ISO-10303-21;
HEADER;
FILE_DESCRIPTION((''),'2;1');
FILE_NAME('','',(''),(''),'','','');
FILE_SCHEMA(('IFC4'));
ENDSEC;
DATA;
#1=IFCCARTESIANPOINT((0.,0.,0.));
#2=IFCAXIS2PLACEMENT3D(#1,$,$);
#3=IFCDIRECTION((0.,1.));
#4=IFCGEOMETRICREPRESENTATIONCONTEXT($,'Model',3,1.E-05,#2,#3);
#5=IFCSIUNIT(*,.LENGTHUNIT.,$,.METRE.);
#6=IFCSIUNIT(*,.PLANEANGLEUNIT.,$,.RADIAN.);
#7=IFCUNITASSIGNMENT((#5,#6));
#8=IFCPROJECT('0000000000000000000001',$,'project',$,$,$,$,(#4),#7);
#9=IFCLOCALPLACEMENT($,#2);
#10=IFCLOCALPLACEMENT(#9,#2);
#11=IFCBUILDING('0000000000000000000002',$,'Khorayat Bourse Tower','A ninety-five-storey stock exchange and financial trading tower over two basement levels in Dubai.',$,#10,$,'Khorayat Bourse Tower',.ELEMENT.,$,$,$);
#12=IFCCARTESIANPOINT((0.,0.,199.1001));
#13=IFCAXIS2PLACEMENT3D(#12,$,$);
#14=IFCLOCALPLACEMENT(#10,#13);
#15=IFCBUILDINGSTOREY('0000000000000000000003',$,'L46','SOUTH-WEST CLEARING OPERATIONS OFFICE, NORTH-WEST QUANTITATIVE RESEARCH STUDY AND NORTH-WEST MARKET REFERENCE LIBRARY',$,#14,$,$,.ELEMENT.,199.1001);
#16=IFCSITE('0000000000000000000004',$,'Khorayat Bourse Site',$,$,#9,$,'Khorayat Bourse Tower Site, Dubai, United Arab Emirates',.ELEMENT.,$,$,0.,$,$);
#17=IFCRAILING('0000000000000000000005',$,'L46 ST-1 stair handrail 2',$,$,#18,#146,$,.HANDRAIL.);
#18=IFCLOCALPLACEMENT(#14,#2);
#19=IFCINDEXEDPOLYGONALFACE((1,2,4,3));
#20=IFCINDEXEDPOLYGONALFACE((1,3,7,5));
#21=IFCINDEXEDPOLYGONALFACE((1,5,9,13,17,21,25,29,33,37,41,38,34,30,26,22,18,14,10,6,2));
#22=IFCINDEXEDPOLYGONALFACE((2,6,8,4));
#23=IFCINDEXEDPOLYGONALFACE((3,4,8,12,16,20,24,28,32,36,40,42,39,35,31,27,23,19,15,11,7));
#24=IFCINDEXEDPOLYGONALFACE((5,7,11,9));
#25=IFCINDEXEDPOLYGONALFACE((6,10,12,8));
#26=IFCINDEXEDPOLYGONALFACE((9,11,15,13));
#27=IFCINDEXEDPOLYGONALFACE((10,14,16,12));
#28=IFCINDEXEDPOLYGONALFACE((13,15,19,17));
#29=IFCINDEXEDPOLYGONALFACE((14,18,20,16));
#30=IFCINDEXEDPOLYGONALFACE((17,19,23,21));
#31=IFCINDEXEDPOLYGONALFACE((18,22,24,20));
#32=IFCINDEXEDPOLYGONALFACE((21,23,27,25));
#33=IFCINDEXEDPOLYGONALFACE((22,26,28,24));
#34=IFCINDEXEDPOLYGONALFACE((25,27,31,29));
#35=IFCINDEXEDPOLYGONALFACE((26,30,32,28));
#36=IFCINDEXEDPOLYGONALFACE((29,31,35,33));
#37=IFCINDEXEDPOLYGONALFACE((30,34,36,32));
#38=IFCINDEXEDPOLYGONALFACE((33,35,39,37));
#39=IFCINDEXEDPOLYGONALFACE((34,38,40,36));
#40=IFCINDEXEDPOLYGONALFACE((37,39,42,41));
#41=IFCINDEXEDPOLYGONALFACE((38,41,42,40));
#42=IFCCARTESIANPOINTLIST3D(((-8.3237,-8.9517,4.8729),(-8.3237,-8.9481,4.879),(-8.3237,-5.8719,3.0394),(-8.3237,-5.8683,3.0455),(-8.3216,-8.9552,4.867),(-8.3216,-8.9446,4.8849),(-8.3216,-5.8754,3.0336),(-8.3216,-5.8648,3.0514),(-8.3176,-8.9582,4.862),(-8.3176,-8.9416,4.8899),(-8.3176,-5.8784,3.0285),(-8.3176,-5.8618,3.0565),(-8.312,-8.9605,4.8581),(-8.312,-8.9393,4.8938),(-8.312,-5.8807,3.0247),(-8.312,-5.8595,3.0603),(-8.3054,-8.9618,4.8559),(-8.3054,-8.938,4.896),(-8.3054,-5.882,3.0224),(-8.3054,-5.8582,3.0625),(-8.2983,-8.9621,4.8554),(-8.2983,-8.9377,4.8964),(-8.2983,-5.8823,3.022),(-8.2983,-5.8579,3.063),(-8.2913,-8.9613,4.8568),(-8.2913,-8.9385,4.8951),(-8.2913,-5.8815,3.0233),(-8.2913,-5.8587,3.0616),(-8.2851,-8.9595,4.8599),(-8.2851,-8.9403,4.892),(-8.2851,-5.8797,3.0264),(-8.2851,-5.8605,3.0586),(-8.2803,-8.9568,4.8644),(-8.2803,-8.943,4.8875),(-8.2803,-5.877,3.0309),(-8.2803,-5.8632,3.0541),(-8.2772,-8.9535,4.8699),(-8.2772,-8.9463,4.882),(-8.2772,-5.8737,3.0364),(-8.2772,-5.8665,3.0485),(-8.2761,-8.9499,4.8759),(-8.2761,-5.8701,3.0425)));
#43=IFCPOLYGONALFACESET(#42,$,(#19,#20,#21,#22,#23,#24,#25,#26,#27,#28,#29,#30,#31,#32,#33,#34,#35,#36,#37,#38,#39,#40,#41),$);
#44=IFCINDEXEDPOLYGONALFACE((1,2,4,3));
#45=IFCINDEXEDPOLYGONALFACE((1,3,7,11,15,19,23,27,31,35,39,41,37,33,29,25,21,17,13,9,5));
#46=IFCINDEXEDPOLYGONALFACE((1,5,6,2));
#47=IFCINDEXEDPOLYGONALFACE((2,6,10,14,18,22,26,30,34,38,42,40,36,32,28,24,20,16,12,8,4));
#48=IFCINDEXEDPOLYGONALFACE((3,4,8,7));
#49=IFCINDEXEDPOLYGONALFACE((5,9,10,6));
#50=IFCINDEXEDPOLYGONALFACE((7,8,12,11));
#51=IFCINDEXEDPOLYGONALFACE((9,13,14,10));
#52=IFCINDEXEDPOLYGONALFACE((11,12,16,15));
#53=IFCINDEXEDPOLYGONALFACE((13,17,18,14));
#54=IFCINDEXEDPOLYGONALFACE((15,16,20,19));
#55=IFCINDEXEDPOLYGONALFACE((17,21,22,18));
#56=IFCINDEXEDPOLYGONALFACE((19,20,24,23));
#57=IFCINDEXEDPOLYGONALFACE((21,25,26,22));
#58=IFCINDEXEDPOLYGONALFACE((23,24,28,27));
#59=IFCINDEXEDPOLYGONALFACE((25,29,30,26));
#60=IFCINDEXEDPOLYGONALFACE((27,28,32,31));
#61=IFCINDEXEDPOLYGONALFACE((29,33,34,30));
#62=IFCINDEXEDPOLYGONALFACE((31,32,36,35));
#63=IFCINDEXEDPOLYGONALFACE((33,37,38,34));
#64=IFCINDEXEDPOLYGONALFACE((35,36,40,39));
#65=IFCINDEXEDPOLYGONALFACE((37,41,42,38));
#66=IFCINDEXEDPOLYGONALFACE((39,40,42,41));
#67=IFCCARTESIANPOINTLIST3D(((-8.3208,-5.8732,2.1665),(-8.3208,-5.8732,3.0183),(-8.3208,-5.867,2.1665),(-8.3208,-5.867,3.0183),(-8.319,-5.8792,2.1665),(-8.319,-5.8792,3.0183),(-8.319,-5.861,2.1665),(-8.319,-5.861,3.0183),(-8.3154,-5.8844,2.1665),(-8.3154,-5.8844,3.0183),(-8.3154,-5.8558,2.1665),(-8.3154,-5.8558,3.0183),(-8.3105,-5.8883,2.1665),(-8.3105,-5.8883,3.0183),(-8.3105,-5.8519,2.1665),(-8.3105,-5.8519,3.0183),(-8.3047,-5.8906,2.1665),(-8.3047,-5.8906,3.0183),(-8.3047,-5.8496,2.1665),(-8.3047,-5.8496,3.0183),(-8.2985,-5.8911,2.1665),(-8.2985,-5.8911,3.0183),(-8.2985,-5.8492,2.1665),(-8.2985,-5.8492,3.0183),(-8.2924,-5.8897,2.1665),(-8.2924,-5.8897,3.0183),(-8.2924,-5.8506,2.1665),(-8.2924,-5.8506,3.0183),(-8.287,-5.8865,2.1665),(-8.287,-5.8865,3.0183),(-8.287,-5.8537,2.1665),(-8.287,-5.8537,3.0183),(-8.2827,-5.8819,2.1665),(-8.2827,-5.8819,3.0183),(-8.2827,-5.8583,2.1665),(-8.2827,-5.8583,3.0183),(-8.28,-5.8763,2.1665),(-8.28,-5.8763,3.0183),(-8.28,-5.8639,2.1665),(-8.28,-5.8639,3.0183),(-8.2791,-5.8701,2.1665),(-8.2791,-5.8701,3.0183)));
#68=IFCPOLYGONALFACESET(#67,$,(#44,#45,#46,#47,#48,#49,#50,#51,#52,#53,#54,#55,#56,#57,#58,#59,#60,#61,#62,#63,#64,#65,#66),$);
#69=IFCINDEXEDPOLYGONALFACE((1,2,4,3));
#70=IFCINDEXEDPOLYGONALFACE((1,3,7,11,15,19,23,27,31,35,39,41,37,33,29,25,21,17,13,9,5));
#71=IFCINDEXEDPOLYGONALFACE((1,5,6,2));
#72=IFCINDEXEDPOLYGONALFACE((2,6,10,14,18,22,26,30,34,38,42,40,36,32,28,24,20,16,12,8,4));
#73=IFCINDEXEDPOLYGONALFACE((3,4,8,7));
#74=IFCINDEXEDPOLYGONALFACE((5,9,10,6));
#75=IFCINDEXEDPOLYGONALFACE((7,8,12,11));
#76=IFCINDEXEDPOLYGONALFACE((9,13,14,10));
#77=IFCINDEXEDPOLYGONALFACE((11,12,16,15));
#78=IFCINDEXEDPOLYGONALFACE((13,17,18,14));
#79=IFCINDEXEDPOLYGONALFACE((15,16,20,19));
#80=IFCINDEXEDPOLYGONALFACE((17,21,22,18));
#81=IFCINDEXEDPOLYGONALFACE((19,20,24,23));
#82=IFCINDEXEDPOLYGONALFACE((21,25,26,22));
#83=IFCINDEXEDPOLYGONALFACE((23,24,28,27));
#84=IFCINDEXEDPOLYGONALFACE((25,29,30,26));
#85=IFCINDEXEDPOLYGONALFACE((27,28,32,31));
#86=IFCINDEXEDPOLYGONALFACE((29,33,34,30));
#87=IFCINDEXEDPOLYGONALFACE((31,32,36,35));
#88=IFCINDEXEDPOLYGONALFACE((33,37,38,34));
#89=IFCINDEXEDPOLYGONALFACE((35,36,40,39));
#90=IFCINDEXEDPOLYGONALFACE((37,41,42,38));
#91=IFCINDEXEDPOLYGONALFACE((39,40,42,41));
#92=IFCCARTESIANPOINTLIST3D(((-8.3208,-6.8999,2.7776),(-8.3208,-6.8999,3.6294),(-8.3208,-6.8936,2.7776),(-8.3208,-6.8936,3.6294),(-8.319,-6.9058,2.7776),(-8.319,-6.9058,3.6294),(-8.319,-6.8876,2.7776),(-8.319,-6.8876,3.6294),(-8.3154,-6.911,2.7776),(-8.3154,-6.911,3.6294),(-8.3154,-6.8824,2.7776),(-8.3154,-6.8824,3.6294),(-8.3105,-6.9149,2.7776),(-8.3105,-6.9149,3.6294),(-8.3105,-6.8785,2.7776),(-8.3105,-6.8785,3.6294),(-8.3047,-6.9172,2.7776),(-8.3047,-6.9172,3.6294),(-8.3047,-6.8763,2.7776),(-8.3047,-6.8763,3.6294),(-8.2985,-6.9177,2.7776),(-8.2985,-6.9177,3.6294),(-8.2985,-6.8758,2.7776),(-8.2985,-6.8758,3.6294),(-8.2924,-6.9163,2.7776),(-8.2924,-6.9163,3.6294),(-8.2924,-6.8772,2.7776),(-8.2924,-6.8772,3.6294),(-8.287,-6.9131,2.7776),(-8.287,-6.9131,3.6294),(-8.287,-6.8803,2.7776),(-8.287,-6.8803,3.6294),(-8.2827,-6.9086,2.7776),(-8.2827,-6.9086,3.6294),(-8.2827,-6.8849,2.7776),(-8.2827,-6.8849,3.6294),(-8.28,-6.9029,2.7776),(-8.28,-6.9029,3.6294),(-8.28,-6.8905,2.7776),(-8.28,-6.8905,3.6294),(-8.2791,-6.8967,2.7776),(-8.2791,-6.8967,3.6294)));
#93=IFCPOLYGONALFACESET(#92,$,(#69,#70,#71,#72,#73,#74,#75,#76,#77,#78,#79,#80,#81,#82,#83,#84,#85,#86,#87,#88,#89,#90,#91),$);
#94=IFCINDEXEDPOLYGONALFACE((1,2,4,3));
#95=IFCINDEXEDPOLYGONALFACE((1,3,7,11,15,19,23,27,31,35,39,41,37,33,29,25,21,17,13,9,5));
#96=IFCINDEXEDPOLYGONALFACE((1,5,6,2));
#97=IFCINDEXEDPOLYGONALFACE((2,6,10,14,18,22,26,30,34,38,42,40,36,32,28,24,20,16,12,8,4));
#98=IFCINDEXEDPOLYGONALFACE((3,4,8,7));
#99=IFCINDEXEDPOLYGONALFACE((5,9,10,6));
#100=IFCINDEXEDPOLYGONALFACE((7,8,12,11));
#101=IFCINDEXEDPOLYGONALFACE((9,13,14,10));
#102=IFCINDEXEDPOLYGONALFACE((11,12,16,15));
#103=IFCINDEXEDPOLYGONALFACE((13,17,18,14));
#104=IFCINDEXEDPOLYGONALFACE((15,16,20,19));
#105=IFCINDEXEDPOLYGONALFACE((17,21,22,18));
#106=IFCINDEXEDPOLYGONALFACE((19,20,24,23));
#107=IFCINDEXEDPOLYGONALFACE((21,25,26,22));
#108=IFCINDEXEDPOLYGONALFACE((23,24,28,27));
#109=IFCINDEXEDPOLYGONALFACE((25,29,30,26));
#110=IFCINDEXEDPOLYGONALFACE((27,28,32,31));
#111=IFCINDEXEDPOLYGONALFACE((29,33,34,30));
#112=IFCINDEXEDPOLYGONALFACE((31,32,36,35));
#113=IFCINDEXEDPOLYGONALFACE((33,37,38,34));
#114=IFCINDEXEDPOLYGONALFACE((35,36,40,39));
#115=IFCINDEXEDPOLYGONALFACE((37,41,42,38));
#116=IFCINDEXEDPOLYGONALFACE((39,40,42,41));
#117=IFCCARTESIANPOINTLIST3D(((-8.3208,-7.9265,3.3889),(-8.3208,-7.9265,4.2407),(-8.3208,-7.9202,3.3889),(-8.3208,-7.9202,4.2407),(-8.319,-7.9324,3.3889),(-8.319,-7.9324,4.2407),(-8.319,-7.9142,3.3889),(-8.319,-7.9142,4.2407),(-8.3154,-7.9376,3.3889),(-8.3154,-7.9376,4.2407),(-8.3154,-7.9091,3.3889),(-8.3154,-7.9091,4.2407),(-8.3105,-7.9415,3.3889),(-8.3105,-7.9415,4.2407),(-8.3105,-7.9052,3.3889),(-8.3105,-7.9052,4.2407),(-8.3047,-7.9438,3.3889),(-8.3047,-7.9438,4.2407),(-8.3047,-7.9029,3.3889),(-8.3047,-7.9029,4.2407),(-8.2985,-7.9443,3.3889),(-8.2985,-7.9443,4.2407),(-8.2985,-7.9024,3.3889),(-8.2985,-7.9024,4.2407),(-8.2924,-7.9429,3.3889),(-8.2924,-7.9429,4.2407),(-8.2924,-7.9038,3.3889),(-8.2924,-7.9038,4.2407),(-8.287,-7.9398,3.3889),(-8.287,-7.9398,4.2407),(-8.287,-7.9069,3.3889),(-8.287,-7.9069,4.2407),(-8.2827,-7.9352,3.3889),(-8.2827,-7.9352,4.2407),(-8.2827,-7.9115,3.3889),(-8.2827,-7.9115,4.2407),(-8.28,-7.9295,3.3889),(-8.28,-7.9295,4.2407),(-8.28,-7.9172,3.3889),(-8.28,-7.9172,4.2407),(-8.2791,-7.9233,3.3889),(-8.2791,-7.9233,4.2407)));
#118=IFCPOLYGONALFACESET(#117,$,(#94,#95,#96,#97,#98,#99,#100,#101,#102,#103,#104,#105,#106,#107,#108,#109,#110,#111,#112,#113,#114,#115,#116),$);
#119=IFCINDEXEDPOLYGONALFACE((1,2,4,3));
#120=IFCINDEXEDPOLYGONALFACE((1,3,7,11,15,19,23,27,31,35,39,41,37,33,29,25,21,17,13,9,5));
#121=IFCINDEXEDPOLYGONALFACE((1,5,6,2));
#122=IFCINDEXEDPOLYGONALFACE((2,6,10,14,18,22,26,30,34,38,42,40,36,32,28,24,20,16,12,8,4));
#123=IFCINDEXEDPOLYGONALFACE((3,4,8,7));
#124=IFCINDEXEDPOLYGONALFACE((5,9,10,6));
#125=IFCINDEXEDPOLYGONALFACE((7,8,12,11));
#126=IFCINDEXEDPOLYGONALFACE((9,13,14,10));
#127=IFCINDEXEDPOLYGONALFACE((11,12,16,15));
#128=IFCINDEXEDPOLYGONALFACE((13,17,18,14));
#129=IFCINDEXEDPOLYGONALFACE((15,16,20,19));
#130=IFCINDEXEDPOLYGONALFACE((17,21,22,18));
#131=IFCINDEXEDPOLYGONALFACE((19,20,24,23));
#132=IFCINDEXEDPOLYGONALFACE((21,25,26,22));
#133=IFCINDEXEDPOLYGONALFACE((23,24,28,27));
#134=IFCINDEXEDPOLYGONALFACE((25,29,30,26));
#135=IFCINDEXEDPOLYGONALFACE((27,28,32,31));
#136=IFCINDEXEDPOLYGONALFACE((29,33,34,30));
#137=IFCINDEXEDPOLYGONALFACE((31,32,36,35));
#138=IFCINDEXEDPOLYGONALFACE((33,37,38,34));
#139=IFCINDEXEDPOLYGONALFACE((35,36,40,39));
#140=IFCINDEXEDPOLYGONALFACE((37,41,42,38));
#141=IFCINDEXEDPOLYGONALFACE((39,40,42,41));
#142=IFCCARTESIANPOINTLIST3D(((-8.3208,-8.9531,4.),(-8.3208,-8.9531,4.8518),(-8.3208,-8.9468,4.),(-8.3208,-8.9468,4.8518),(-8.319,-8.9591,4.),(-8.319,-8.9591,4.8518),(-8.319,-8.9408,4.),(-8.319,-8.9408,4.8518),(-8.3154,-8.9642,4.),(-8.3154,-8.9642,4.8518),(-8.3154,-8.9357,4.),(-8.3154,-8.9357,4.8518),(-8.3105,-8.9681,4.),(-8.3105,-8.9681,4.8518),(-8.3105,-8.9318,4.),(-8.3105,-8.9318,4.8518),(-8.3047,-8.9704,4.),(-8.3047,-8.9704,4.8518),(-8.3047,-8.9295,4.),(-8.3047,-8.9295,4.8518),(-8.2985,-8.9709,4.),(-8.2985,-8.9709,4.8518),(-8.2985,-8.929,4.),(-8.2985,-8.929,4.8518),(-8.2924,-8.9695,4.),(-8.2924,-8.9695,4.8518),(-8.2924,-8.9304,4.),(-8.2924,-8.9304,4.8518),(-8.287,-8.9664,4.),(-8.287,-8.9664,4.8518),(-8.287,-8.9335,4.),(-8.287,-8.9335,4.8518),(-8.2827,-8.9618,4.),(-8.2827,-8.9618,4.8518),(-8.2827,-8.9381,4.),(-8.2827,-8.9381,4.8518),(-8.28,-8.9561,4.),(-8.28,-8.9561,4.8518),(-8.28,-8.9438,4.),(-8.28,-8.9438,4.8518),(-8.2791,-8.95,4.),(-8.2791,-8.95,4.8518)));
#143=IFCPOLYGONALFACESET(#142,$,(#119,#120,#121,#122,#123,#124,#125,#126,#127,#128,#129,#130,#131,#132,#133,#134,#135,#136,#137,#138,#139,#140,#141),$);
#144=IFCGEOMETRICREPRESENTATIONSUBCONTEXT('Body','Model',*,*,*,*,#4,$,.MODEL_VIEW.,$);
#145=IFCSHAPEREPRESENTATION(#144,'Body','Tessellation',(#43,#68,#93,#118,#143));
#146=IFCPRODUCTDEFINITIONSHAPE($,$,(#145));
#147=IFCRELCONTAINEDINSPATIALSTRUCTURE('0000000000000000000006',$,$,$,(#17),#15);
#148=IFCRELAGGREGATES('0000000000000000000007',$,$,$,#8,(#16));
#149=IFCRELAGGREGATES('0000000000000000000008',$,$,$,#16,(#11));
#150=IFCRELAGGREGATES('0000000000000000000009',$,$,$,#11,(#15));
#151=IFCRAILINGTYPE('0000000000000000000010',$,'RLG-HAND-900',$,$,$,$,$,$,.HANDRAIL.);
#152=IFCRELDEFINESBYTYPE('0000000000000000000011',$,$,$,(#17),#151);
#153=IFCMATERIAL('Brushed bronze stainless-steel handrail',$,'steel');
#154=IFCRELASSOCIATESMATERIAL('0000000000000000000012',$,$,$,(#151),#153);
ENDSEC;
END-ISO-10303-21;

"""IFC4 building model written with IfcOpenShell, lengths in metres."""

from ifc_helpers import new_model, si_unit, direction, frame, origin, origin_2d, place, context, subcontext, project, spatial, circle, extrude, source, transform, mapped, material, type_object, element, save


model = new_model("IFC4")

# Units and contexts
model_context = context("Model", 3, precision=1e-05, world=origin(), true_north=direction((0.0, 1.0)))
body_context = subcontext(model_context, "Body", "Model", "MODEL_VIEW")
ifc_project = project(units=[si_unit("LENGTHUNIT", "METRE"), si_unit("PLANEANGLEUNIT", "RADIAN")], contexts=[model_context])

# Site, building, storey
site_placement = place(None, origin())
site = spatial("IfcSite", under=ifc_project, at=site_placement, Name="Khorayat Bourse Site", LongName="Khorayat Bourse Tower Site, Dubai, United Arab Emirates", CompositionType="ELEMENT", RefElevation=0.0)
building_placement = place(site_placement, origin())
building = spatial("IfcBuilding", under=site, at=building_placement, Name="Khorayat Bourse Tower", Description="A ninety-five-storey stock exchange and financial trading tower over two basement levels in Dubai.", LongName="Khorayat Bourse Tower", CompositionType="ELEMENT")
storey_placement = place(building_placement, frame((0.0, 0.0, 199.1001)))
storey = spatial("IfcBuildingStorey", under=building, at=storey_placement, Name="L46", Description="SOUTH-WEST CLEARING OPERATIONS OFFICE, NORTH-WEST QUANTITATIVE RESEARCH STUDY AND NORTH-WEST MARKET REFERENCE LIBRARY", CompositionType="ELEMENT", Elevation=199.1001)

# Railing
ifc_material_1 = material(Name="Brushed bronze stainless-steel handrail", Category="steel")
railing_type_1 = type_object("IfcRailingType", Name="RLG-HAND-900", PredefinedType="HANDRAIL", material=ifc_material_1)
shared_shape_1 = source(origin(), body_context, "Body", "SweptSolid", [
    extrude(circle(Radius=0.0239, at=origin_2d()), frame((0.0, 0.0, 0.876), z_axis=(0.0, -0.859261, 0.511538), x_axis=(1.0, 0.0, 0.0)), (0.0, 0.0, 1.0), 3.5842),
    extrude(circle(Radius=0.021, at=origin_2d()), origin(), (0.0, 0.0, 1.0), 0.8518),
    extrude(circle(Radius=0.021, at=origin_2d()), frame((0.0, -1.0266, 0.6111)), (0.0, 0.0, 1.0), 0.8518),
    extrude(circle(Radius=0.021, at=origin_2d()), frame((0.0, -2.0532, 1.2224)), (0.0, 0.0, 1.0), 0.8518),
    extrude(circle(Radius=0.021, at=origin_2d()), frame((0.0, -3.0798, 1.8335)), (0.0, 0.0, 1.0), 0.8518),
])
railing_1_placement = place(storey_placement, frame((-8.3, -5.8701, 2.1665)))
element("IfcRailing", 1, at=railing_1_placement, inside=storey, type_object=railing_type_1, Name="L46 ST-1 stair handrail 2", PredefinedType="HANDRAIL", context=body_context, shape_type="MappedRepresentation", body=[
    mapped(shared_shape_1, transform((0.0, 0.0, 0.0), scale=1.0)),
])

save(model, "model.ifc")
